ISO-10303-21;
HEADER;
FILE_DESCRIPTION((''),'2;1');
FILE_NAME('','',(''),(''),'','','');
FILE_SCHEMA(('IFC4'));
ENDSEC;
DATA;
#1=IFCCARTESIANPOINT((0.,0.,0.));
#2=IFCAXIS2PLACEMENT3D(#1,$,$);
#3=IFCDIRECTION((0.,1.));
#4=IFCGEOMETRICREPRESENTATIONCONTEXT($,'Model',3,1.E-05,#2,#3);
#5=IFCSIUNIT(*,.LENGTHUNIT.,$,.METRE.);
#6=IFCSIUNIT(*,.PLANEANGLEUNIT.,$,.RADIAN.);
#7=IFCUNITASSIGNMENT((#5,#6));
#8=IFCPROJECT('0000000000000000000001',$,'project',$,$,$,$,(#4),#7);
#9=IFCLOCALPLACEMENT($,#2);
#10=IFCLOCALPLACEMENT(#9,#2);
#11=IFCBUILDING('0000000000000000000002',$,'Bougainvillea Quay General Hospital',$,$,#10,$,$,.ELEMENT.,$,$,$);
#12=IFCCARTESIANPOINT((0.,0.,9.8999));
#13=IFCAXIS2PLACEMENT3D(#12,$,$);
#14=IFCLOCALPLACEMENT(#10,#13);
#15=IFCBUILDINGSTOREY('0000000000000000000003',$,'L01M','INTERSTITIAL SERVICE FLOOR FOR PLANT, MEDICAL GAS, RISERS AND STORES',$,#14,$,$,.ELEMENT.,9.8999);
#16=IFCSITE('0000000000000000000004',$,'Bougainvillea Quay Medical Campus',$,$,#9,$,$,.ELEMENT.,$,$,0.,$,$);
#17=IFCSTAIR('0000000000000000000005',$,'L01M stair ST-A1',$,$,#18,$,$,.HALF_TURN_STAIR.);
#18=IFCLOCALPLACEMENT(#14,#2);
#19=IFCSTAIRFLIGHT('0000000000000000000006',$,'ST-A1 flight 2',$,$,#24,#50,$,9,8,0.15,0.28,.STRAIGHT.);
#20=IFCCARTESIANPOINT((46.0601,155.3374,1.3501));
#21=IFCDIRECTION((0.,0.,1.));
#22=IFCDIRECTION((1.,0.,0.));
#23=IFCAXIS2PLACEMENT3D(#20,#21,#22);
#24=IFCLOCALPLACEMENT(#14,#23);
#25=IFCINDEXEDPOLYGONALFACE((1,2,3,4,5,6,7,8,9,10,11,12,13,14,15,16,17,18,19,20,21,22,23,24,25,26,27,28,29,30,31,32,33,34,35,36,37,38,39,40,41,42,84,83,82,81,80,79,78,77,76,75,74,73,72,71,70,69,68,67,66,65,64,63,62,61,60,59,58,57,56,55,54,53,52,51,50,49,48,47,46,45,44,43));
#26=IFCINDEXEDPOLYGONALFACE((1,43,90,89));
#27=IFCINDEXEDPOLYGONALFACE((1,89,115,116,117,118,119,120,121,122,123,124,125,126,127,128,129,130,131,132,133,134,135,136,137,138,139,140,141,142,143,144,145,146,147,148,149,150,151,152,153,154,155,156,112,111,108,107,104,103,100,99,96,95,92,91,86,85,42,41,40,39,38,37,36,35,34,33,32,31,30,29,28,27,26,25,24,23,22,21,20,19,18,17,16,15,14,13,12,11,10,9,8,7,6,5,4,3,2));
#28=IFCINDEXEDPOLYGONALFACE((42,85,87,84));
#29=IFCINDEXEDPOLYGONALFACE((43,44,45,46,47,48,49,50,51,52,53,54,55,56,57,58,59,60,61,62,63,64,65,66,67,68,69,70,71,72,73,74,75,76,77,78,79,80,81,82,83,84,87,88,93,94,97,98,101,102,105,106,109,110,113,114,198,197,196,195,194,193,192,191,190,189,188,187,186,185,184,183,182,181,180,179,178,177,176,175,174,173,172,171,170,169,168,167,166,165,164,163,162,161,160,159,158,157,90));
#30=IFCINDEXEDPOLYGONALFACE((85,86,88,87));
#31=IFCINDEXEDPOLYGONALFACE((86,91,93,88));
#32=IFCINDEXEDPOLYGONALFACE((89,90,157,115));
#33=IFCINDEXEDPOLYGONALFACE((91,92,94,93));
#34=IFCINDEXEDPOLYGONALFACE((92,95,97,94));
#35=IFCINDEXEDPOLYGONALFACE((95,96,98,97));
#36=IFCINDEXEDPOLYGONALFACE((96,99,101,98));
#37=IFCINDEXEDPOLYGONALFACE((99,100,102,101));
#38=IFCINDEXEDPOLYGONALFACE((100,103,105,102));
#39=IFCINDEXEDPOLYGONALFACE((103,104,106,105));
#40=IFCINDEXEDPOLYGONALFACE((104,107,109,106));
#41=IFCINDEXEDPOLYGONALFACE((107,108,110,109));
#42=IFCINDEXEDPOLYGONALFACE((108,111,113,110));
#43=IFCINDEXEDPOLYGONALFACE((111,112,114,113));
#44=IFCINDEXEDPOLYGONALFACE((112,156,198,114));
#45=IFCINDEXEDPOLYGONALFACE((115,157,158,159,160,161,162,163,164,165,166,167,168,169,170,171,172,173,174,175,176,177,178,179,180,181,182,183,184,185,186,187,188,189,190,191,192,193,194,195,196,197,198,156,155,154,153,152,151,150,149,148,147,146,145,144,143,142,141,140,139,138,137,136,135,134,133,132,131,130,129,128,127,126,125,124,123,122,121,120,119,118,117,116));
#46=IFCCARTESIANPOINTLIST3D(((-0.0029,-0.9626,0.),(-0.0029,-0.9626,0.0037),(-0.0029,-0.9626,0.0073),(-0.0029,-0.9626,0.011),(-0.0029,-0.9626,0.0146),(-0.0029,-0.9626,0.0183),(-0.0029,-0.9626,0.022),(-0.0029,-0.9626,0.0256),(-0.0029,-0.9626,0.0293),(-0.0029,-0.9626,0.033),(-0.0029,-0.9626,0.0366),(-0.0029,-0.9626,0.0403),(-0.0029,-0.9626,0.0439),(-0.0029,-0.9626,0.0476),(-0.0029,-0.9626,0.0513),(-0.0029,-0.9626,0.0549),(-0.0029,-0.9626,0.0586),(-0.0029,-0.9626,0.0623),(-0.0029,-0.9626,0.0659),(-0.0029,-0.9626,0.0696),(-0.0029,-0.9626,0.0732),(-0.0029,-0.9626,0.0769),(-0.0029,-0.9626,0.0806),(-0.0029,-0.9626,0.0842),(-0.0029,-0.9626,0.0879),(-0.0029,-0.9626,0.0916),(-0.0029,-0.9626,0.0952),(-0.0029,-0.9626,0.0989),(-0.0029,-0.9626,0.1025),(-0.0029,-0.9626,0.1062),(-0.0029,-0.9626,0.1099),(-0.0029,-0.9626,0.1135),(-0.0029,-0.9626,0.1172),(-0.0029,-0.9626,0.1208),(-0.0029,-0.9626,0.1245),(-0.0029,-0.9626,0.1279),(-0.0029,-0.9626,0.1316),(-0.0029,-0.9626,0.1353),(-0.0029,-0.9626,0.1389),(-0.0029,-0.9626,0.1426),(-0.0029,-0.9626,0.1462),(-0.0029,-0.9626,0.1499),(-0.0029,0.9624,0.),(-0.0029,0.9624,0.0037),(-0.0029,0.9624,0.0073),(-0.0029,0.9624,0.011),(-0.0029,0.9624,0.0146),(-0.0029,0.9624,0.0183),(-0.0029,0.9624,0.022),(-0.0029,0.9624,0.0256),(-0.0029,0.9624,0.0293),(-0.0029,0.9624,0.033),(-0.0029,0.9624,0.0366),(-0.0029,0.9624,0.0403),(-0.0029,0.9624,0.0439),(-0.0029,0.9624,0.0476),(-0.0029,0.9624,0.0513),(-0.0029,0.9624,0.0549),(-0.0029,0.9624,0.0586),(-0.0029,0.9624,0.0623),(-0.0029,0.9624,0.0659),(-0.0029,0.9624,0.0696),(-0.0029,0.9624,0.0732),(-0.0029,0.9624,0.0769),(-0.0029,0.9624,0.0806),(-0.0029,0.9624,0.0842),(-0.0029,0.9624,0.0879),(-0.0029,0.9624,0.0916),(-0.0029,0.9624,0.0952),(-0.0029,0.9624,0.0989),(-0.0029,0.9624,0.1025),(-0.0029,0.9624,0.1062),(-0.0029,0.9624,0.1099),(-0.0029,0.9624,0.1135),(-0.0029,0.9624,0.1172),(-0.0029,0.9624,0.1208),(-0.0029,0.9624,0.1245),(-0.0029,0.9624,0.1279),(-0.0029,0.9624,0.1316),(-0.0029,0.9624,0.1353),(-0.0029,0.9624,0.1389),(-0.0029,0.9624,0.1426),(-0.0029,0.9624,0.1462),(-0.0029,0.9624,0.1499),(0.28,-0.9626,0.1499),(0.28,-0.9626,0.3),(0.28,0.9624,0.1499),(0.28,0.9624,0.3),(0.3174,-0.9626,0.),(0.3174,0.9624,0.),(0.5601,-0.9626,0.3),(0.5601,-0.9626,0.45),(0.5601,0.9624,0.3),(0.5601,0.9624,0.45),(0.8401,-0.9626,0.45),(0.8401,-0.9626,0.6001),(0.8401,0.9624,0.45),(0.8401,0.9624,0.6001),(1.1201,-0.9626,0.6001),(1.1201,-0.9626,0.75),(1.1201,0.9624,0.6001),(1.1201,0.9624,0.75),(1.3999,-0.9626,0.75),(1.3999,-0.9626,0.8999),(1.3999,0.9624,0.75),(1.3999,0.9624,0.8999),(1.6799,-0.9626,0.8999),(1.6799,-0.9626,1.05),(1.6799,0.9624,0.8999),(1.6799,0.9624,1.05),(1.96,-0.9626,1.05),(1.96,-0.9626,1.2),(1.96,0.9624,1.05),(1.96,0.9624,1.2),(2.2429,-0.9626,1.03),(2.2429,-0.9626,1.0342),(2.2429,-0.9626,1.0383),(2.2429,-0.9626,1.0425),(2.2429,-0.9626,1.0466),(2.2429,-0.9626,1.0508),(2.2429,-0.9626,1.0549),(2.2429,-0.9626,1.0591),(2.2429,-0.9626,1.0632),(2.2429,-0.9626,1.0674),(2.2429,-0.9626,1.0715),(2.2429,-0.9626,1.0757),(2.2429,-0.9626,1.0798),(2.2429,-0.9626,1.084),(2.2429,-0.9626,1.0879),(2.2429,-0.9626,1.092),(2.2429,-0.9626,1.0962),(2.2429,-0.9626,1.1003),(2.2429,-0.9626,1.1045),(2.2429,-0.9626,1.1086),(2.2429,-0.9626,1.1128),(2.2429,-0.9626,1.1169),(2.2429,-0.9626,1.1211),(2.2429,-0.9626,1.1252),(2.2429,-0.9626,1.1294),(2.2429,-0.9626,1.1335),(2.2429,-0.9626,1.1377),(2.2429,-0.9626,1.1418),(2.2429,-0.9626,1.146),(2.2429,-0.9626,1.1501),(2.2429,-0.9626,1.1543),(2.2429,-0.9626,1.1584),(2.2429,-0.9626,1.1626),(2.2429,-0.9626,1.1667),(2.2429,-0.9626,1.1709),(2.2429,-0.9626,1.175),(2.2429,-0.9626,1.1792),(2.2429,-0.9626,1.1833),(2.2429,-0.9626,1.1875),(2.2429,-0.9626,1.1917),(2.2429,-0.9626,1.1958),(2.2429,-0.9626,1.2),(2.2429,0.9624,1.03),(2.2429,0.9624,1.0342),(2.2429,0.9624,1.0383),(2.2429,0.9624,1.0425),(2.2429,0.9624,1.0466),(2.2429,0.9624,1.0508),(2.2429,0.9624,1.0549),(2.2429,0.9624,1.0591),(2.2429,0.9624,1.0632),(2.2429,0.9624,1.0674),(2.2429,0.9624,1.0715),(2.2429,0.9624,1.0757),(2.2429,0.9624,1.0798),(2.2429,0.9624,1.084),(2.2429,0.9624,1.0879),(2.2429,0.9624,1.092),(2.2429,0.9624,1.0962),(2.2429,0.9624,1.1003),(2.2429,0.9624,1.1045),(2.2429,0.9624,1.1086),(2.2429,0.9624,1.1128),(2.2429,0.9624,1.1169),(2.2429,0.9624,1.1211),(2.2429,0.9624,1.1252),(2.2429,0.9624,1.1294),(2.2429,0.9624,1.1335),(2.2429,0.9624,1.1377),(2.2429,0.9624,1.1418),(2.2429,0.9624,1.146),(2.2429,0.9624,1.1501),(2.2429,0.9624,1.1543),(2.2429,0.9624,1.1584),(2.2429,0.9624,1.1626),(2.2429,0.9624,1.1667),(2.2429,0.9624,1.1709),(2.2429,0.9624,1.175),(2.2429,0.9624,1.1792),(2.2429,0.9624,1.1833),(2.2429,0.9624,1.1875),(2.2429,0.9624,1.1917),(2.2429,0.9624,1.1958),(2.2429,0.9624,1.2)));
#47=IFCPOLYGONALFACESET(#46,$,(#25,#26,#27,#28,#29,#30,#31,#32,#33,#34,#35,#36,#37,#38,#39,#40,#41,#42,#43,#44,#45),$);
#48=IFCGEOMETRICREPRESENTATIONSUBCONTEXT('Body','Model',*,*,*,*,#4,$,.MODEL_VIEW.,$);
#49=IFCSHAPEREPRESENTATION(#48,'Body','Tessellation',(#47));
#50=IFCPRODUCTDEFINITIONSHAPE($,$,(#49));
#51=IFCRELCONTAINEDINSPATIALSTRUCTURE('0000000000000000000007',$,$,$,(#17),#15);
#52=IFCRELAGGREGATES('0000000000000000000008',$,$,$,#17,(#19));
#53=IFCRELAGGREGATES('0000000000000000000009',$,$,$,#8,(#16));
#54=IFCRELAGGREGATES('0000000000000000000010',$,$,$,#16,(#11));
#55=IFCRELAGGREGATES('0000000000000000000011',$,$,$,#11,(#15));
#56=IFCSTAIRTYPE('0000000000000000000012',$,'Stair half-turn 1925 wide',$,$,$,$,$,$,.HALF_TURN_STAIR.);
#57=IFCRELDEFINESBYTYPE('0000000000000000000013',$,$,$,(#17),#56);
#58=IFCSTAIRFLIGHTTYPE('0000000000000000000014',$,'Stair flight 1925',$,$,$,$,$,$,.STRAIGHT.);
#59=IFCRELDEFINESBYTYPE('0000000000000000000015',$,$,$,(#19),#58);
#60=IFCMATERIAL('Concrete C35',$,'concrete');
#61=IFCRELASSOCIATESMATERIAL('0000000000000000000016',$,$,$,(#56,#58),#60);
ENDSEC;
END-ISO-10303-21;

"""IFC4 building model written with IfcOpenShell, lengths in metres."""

from ifc_helpers import new_model, si_unit, direction, frame, origin, place, context, subcontext, project, spatial, polyline, outline, extrude, material, type_object, element, aggregate, save


model = new_model("IFC4")

# Units and contexts
model_context = context("Model", 3, precision=1e-05, world=origin(), true_north=direction((0.0, 1.0)))
body_context = subcontext(model_context, "Body", "Model", "MODEL_VIEW")
ifc_project = project(units=[si_unit("LENGTHUNIT", "METRE"), si_unit("PLANEANGLEUNIT", "RADIAN")], contexts=[model_context])

# Site, building, storey
site_placement = place(None, origin())
site = spatial("IfcSite", under=ifc_project, at=site_placement, Name="Bougainvillea Quay Medical Campus", CompositionType="ELEMENT", RefElevation=0.0)
building_placement = place(site_placement, origin())
building = spatial("IfcBuilding", under=site, at=building_placement, Name="Bougainvillea Quay General Hospital", CompositionType="ELEMENT")
storey_placement = place(building_placement, frame((0.0, 0.0, 9.8999)))
storey = spatial("IfcBuildingStorey", under=building, at=storey_placement, Name="L01M", Description="INTERSTITIAL SERVICE FLOOR FOR PLANT, MEDICAL GAS, RISERS AND STORES", CompositionType="ELEMENT", Elevation=9.8999)

# Stair, stair flight
ifc_material_1 = material(Name="Concrete C35", Category="concrete")
stair_type = type_object("IfcStairType", Name="Stair half-turn 1925 wide", PredefinedType="HALF_TURN_STAIR", material=ifc_material_1)
stair_placement = place(storey_placement, origin())
stair = element("IfcStair", 1, at=stair_placement, inside=storey, type_object=stair_type, Name="L01M stair ST-A1", PredefinedType="HALF_TURN_STAIR")
stair_flight_type = type_object("IfcStairFlightType", Name="Stair flight 1925", PredefinedType="STRAIGHT", material=ifc_material_1)
stair_flight_1_placement = place(storey_placement, frame((46.0601, 155.3374, 1.3501), z_axis=(0.0, 0.0, 1.0), x_axis=(1.0, 0.0, 0.0)))
stair_flight_1 = element("IfcStairFlight", 2, at=stair_flight_1_placement, type_object=stair_flight_type, Name="ST-A1 flight 2", NumberOfRisers=9, NumberOfTreads=8, PredefinedType="STRAIGHT", RiserHeight=0.15, TreadLength=0.28, context=body_context, shape_type="SweptSolid", body=[
    extrude(outline(polyline([(-0.0029, 0.0), (-0.0029, 0.0037), (-0.0029, 0.0073), (-0.0029, 0.011), (-0.0029, 0.0146), (-0.0029, 0.0183), (-0.0029, 0.022), (-0.0029, 0.0256), (-0.0029, 0.0293), (-0.0029, 0.033), (-0.0029, 0.0366), (-0.0029, 0.0403), (-0.0029, 0.0439), (-0.0029, 0.0476), (-0.0029, 0.0513), (-0.0029, 0.0549), (-0.0029, 0.0586), (-0.0029, 0.0623), (-0.0029, 0.0659), (-0.0029, 0.0696), (-0.0029, 0.0732), (-0.0029, 0.0769), (-0.0029, 0.0806), (-0.0029, 0.0842), (-0.0029, 0.0879), (-0.0029, 0.0916), (-0.0029, 0.0952), (-0.0029, 0.0989), (-0.0029, 0.1025), (-0.0029, 0.1062), (-0.0029, 0.1099), (-0.0029, 0.1135), (-0.0029, 0.1172), (-0.0029, 0.1208), (-0.0029, 0.1245), (-0.0029, 0.1279), (-0.0029, 0.1316), (-0.0029, 0.1353), (-0.0029, 0.1389), (-0.0029, 0.1426), (-0.0029, 0.1462), (-0.0029, 0.1499), (0.28, 0.1499), (0.28, 0.3), (0.5601, 0.3), (0.5601, 0.45), (0.8401, 0.45), (0.8401, 0.6001), (1.1201, 0.6001), (1.1201, 0.75), (1.3999, 0.75), (1.3999, 0.8999), (1.6799, 0.8999), (1.6799, 1.05), (1.96, 1.05), (1.96, 1.2), (2.2429, 1.2), (2.2429, 1.1958), (2.2429, 1.1917), (2.2429, 1.1875), (2.2429, 1.1833), (2.2429, 1.1792), (2.2429, 1.175), (2.2429, 1.1709), (2.2429, 1.1667), (2.2429, 1.1626), (2.2429, 1.1584), (2.2429, 1.1543), (2.2429, 1.1501), (2.2429, 1.146), (2.2429, 1.1418), (2.2429, 1.1377), (2.2429, 1.1335), (2.2429, 1.1294), (2.2429, 1.1252), (2.2429, 1.1211), (2.2429, 1.1169), (2.2429, 1.1128), (2.2429, 1.1086), (2.2429, 1.1045), (2.2429, 1.1003), (2.2429, 1.0962), (2.2429, 1.092), (2.2429, 1.0879), (2.2429, 1.084), (2.2429, 1.0798), (2.2429, 1.0757), (2.2429, 1.0715), (2.2429, 1.0674), (2.2429, 1.0632), (2.2429, 1.0591), (2.2429, 1.0549), (2.2429, 1.0508), (2.2429, 1.0466), (2.2429, 1.0425), (2.2429, 1.0383), (2.2429, 1.0342), (2.2429, 1.03), (0.3174, 0.0), (-0.0029, 0.0)])), frame((0.0, 0.9624, 0.0), z_axis=(0.0, -1.0, 0.0), x_axis=(1.0, 0.0, 0.0)), (0.0, 0.0, 1.0), 1.925),
])
aggregate(stair, [stair_flight_1])

save(model, "model.ifc")
